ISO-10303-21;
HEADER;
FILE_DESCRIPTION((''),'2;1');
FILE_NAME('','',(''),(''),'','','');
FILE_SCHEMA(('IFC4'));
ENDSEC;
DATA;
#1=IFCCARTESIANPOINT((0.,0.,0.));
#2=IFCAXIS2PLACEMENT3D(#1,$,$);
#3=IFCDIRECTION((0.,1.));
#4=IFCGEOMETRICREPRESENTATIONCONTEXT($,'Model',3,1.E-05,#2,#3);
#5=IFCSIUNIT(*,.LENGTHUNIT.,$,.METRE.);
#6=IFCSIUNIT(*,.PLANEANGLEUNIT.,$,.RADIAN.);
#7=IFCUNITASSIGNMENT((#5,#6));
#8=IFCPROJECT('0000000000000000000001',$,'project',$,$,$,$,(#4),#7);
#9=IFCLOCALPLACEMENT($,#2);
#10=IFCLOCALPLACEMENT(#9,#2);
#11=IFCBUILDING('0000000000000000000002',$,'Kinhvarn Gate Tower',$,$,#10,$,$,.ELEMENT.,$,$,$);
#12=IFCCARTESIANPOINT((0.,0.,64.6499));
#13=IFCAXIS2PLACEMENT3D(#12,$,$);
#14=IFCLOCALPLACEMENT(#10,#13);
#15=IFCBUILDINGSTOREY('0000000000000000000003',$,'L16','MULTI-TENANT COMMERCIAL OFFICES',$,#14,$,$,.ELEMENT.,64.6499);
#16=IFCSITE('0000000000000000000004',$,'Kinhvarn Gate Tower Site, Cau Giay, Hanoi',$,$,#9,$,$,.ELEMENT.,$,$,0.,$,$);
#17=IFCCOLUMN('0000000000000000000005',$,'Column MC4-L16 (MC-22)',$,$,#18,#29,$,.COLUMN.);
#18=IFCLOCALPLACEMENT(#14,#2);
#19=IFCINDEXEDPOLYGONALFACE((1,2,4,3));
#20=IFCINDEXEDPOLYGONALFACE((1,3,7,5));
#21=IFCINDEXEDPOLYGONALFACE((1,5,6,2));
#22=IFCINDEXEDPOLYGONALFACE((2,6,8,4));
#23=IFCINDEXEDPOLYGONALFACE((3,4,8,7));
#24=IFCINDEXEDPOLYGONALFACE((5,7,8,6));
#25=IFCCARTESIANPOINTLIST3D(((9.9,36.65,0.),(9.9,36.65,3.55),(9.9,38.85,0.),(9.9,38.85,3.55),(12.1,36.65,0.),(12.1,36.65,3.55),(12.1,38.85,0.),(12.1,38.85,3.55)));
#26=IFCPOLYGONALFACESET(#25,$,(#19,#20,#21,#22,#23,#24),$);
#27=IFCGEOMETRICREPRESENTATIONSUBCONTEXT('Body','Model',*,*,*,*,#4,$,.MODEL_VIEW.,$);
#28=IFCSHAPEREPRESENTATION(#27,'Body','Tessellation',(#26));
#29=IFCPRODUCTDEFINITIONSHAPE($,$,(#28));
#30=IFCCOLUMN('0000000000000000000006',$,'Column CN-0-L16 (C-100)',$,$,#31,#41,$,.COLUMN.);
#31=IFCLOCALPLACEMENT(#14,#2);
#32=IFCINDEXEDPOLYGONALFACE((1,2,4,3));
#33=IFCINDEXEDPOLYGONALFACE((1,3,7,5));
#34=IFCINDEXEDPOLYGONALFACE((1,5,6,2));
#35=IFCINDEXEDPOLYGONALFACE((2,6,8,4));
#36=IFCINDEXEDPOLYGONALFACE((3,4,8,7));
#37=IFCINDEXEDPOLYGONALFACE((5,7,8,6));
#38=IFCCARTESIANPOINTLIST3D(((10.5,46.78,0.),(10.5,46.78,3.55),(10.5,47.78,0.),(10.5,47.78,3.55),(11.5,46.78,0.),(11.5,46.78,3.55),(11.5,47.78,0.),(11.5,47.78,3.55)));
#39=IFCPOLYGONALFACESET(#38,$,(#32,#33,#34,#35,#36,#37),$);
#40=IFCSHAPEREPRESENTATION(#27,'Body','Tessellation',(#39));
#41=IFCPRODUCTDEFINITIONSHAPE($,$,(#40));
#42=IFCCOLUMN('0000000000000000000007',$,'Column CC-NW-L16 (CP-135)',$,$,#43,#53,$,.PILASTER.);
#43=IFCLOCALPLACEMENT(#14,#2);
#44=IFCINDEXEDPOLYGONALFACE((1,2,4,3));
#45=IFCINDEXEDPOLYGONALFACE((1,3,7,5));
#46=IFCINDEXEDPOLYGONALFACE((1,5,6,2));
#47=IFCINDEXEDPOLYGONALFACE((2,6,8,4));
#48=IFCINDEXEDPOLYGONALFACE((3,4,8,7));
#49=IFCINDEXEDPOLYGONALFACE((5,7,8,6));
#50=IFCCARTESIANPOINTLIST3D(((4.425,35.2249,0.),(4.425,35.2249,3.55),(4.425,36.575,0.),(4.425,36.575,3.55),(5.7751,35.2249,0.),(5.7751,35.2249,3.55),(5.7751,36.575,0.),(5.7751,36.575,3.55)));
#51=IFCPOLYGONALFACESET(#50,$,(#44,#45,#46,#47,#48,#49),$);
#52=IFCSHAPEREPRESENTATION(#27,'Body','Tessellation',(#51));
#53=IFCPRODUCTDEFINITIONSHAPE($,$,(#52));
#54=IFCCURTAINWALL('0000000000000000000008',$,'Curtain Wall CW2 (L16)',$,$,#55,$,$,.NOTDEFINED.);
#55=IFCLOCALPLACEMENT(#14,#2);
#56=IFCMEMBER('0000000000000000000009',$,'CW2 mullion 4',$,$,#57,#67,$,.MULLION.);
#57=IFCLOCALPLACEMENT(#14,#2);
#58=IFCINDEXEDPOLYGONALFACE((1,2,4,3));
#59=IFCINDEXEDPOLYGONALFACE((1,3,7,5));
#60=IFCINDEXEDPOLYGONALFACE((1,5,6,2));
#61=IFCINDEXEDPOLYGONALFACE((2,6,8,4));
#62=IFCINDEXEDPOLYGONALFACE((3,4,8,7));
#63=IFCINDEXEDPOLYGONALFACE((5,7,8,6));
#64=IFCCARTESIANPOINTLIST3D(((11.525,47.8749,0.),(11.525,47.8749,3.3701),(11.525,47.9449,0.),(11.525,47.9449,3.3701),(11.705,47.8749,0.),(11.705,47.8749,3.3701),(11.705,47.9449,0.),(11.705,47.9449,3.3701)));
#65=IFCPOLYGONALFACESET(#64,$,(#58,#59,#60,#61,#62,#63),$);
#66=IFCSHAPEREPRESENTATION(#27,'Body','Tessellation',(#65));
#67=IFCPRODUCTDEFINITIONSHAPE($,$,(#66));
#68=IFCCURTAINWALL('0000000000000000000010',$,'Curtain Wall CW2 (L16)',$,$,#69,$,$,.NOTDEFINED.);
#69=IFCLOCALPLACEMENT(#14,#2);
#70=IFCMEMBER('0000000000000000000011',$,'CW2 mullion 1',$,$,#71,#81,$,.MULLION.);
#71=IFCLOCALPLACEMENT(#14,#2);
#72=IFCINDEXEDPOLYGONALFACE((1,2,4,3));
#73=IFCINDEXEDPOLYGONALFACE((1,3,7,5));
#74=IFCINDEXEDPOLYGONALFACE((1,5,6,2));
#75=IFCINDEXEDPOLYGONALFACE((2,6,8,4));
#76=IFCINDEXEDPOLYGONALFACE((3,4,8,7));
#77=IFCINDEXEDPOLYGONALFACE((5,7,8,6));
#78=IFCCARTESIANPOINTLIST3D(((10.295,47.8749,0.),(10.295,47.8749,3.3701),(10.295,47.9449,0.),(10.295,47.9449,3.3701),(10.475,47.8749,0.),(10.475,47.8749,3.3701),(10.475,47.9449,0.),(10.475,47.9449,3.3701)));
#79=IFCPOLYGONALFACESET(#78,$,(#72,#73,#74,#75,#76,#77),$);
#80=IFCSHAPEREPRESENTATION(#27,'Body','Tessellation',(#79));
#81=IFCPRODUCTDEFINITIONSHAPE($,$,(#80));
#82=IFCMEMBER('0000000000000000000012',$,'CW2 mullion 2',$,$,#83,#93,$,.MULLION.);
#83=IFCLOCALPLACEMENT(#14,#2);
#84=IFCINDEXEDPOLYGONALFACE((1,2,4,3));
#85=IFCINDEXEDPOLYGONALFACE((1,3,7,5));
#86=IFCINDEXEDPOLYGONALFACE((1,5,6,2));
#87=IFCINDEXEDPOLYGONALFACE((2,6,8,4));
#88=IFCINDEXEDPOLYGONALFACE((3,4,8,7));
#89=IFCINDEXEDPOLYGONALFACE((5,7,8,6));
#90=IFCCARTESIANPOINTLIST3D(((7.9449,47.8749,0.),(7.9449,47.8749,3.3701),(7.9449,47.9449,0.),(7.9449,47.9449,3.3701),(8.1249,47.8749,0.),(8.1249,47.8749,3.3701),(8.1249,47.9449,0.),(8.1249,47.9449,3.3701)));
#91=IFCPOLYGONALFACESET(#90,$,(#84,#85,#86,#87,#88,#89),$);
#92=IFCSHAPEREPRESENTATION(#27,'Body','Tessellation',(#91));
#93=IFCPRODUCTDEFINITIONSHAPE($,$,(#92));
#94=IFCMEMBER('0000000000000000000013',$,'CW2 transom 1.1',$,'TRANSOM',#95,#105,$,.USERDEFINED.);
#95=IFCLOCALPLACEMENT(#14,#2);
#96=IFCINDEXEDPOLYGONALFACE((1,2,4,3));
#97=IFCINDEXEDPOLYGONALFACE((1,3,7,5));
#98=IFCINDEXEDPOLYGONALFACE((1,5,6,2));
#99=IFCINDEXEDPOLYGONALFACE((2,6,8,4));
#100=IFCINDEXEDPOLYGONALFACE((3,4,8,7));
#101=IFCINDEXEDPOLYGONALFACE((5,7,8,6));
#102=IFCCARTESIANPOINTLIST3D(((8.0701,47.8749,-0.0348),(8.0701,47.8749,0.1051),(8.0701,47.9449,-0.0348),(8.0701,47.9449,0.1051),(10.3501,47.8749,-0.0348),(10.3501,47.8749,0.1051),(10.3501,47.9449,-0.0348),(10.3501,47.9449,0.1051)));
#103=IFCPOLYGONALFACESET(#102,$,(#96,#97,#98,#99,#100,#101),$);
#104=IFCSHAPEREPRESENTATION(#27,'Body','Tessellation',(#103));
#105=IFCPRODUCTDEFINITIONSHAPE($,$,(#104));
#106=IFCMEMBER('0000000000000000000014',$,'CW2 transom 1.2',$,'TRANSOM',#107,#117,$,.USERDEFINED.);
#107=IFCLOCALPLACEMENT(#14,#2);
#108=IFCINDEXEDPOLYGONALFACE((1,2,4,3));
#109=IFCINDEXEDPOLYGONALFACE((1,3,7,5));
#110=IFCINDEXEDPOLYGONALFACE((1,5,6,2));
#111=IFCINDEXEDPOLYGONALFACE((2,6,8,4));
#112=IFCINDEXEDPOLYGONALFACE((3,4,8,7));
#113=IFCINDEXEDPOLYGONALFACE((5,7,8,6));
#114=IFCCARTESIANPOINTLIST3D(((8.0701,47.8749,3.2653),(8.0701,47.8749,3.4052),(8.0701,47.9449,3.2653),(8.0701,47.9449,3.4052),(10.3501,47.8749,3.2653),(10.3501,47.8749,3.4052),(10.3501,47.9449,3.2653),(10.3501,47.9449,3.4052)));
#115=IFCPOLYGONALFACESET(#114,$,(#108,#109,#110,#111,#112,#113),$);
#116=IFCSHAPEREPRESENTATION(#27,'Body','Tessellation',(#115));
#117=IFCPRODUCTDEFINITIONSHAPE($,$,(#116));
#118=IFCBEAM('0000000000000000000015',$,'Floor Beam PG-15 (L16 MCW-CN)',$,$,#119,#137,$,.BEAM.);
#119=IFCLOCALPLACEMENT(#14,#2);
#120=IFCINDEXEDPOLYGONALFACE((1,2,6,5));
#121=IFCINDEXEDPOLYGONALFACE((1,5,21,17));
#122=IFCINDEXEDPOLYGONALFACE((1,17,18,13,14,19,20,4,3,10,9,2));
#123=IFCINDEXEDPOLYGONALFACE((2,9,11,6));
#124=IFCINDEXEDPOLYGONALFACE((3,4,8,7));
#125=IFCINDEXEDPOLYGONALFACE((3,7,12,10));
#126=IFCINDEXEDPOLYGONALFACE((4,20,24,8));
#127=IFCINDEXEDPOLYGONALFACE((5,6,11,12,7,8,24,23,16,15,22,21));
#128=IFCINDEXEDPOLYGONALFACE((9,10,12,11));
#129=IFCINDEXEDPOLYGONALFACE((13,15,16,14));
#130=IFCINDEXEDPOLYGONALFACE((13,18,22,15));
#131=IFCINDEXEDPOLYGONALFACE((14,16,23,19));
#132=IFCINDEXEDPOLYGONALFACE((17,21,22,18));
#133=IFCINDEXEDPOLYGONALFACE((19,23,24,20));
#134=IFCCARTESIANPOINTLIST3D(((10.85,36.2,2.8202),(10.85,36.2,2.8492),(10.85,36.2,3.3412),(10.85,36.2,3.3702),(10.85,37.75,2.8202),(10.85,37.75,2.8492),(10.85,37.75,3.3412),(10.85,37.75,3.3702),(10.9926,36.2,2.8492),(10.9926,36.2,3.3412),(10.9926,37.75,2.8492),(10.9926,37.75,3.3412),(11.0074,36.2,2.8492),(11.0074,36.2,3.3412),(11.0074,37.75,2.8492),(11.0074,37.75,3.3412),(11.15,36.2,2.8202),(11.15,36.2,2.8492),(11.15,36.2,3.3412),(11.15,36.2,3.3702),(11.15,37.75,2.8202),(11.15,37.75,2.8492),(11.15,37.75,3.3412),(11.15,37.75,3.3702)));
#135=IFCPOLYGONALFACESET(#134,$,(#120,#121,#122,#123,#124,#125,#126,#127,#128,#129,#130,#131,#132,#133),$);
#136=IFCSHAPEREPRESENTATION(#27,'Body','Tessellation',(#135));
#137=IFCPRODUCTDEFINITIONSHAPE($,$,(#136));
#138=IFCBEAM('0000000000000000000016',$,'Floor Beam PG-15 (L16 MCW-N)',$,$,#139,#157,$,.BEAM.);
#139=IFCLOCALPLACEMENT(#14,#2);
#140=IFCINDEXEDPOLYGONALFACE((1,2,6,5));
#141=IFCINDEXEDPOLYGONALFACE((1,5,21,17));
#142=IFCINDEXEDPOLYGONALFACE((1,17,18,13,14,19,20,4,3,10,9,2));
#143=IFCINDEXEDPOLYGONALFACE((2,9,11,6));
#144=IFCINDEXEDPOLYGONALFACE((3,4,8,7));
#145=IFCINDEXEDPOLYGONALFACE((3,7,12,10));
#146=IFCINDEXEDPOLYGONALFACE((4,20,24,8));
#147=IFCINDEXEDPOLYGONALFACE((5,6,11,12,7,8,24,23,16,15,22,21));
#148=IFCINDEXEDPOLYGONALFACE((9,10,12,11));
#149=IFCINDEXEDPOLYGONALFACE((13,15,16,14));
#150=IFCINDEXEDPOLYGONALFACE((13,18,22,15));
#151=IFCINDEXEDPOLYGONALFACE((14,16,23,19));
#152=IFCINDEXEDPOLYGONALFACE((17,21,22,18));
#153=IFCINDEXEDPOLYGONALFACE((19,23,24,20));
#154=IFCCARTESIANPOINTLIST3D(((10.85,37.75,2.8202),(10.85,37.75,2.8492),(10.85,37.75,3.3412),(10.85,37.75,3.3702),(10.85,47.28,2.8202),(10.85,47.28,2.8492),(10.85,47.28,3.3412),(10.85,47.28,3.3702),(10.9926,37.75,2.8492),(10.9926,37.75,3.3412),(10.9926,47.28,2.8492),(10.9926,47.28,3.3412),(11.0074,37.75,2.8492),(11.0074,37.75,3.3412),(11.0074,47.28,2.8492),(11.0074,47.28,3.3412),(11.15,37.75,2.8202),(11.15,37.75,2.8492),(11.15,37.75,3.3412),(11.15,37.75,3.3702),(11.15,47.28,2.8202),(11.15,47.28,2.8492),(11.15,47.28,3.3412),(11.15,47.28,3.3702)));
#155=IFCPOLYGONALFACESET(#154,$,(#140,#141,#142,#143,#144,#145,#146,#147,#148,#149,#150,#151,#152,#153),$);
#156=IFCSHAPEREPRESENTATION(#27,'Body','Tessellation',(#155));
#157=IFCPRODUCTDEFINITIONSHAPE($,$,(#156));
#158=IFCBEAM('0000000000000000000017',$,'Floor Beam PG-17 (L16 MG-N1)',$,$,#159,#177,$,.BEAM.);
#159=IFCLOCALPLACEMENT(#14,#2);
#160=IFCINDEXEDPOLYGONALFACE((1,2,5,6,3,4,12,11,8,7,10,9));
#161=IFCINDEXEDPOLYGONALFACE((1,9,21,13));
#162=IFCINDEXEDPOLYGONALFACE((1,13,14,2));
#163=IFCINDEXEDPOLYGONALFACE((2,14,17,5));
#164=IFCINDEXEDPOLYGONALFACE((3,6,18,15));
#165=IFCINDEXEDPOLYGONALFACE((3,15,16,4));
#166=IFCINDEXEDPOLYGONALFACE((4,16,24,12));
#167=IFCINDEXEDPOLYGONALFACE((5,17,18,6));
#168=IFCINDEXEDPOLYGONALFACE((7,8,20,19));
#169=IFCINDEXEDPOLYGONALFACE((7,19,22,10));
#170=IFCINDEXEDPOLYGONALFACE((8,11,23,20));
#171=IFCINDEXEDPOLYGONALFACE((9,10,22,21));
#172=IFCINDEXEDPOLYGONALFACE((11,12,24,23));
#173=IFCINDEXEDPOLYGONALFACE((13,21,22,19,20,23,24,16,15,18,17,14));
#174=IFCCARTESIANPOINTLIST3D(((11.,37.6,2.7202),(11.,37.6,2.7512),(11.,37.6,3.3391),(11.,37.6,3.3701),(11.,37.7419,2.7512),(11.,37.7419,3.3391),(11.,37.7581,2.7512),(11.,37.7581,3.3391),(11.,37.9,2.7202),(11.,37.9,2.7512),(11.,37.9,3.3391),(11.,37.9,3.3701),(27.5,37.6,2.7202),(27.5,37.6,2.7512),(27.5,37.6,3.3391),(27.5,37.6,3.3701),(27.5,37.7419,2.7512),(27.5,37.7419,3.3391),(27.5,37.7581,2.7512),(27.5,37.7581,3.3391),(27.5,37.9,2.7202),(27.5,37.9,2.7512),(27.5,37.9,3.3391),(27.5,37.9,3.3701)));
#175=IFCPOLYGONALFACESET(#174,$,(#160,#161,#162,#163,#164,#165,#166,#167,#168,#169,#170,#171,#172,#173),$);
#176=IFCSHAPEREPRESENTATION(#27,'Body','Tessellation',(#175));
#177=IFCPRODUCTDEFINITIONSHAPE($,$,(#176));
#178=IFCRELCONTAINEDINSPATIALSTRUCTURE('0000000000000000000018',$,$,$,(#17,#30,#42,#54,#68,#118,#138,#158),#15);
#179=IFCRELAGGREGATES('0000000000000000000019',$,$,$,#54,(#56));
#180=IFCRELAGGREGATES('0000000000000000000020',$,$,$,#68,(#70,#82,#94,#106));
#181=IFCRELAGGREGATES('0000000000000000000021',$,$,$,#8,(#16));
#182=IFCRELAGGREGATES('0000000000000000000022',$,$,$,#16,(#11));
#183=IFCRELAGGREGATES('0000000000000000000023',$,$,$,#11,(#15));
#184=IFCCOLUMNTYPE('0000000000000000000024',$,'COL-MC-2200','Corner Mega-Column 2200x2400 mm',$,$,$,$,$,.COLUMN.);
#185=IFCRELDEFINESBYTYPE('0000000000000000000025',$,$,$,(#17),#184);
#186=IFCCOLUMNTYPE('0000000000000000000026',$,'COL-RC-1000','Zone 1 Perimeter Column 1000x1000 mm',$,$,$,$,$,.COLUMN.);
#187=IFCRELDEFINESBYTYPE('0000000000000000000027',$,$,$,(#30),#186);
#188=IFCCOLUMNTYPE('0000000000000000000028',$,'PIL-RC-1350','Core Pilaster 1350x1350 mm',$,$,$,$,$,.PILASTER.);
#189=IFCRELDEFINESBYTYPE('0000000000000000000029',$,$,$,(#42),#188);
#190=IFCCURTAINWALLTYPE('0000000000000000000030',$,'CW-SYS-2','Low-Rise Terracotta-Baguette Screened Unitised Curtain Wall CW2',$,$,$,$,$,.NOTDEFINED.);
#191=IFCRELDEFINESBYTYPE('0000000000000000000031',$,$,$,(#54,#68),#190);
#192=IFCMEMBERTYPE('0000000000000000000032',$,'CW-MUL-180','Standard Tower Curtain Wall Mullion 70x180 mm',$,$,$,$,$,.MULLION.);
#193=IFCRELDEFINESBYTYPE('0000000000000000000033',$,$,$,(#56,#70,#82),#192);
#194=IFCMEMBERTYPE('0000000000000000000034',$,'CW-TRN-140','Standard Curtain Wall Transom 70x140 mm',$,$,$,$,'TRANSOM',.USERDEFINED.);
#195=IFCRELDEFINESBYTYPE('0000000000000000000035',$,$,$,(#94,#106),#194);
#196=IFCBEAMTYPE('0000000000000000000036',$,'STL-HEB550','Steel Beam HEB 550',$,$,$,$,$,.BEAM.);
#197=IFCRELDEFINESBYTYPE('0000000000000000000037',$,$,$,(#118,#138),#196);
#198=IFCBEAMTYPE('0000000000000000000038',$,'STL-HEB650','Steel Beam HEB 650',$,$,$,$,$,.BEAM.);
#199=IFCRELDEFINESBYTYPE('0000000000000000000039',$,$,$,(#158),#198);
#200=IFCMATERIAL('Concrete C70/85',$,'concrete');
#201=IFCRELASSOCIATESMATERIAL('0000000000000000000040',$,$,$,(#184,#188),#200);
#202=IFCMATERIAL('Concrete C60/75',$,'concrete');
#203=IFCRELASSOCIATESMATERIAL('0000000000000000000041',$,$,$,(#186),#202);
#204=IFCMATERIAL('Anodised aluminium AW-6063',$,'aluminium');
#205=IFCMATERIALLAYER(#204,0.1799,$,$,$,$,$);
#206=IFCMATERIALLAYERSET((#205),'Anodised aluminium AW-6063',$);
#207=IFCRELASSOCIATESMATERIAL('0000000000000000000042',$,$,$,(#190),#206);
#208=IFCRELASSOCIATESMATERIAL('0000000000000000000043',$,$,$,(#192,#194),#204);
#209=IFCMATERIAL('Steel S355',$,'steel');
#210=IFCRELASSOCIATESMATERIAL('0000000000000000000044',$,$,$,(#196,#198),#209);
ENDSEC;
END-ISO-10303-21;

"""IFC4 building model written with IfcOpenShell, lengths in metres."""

from ifc_helpers import new_model, si_unit, direction, frame, origin, origin_2d, place, context, subcontext, project, spatial, rectangle, i_section, extrude, material, layer, layer_set, material_profile, profile_set, type_object, element, aggregate, save


model = new_model("IFC4")

# Units and contexts
model_context = context("Model", 3, precision=1e-05, world=origin(), true_north=direction((0.0, 1.0)))
body_context = subcontext(model_context, "Body", "Model", "MODEL_VIEW")
ifc_project = project(units=[si_unit("LENGTHUNIT", "METRE"), si_unit("PLANEANGLEUNIT", "RADIAN")], contexts=[model_context])

# Site, building, storey
site_placement = place(None, origin())
site = spatial("IfcSite", under=ifc_project, at=site_placement, Name="Kinhvarn Gate Tower Site, Cau Giay, Hanoi", CompositionType="ELEMENT", RefElevation=0.0)
building_placement = place(site_placement, origin())
building = spatial("IfcBuilding", under=site, at=building_placement, Name="Kinhvarn Gate Tower", CompositionType="ELEMENT")
storey_placement = place(building_placement, frame((0.0, 0.0, 64.6499)))
storey = spatial("IfcBuildingStorey", under=building, at=storey_placement, Name="L16", Description="MULTI-TENANT COMMERCIAL OFFICES", CompositionType="ELEMENT", Elevation=64.6499)

# Columns
ifc_material_1 = material(Name="Concrete C70/85", Category="concrete")
ifc_material_profile_1 = material_profile(ifc_material_1, rectangle(XDim=2.2, YDim=2.2, at=origin_2d()), Name="RC 2200x2200")
ifc_profile_set_1 = profile_set([ifc_material_profile_1], Name="Concrete C70/85")
column_type_1 = type_object("IfcColumnType", Name="COL-MC-2200", Description="Corner Mega-Column 2200x2400 mm", PredefinedType="COLUMN", material=ifc_profile_set_1)
column_1_placement = place(storey_placement, frame((11.0, 37.75, 0.0), z_axis=(0.0, 0.0, 1.0), x_axis=(1.0, 0.0, 0.0)))
element("IfcColumn", 1, at=column_1_placement, inside=storey, type_object=column_type_1, Name="Column MC4-L16 (MC-22)", PredefinedType="COLUMN", context=body_context, shape_type="SweptSolid", body=[
    extrude(rectangle(XDim=2.2, YDim=2.2, at=origin_2d()), origin(), (0.0, 0.0, 1.0), 3.55),
])
ifc_material_2 = material(Name="Concrete C60/75", Category="concrete")
ifc_material_profile_2 = material_profile(ifc_material_2, rectangle(XDim=1.0, YDim=1.0, at=origin_2d()), Name="RC 1000x1000")
ifc_profile_set_2 = profile_set([ifc_material_profile_2], Name="Concrete C60/75")
column_type_2 = type_object("IfcColumnType", Name="COL-RC-1000", Description="Zone 1 Perimeter Column 1000x1000 mm", PredefinedType="COLUMN", material=ifc_profile_set_2)
column_2_placement = place(storey_placement, frame((11.0, 47.28, 0.0), z_axis=(0.0, 0.0, 1.0), x_axis=(1.0, 0.0, 0.0)))
element("IfcColumn", 2, at=column_2_placement, inside=storey, type_object=column_type_2, Name="Column CN-0-L16 (C-100)", PredefinedType="COLUMN", context=body_context, shape_type="SweptSolid", body=[
    extrude(rectangle(XDim=1.0, YDim=1.0, at=origin_2d()), origin(), (0.0, 0.0, 1.0), 3.55),
])
ifc_material_profile_3 = material_profile(ifc_material_1, rectangle(XDim=1.3501, YDim=1.3501, at=origin_2d()), Name="RC 1350x1350")
ifc_profile_set_3 = profile_set([ifc_material_profile_3], Name="Concrete C70/85")
column_type_3 = type_object("IfcColumnType", Name="PIL-RC-1350", Description="Core Pilaster 1350x1350 mm", PredefinedType="PILASTER", material=ifc_profile_set_3)
column_3_placement = place(storey_placement, frame((5.1001, 35.8999, 0.0), z_axis=(0.0, 0.0, 1.0), x_axis=(1.0, 0.0, 0.0)))
element("IfcColumn", 3, at=column_3_placement, inside=storey, type_object=column_type_3, Name="Column CC-NW-L16 (CP-135)", PredefinedType="PILASTER", context=body_context, shape_type="SweptSolid", body=[
    extrude(rectangle(XDim=1.3501, YDim=1.3501, at=origin_2d()), origin(), (0.0, 0.0, 1.0), 3.55),
])

# Curtain wall, member
ifc_material_3 = material(Name="Anodised aluminium AW-6063", Category="aluminium")
ifc_layer_1 = layer(ifc_material_3, 0.1799)
ifc_layer_set_1 = layer_set([ifc_layer_1], Name="Anodised aluminium AW-6063")
curtain_wall_type = type_object("IfcCurtainWallType", Name="CW-SYS-2", Description="Low-Rise Terracotta-Baguette Screened Unitised Curtain Wall CW2", PredefinedType="NOTDEFINED", material=ifc_layer_set_1)
curtain_wall_1_placement = place(storey_placement, origin())
curtain_wall_1 = element("IfcCurtainWall", 4, at=curtain_wall_1_placement, inside=storey, type_object=curtain_wall_type, Name="Curtain Wall CW2 (L16)", PredefinedType="NOTDEFINED")
ifc_material_profile_4 = material_profile(ifc_material_3, rectangle(XDim=0.0701, YDim=0.1799, at=origin_2d()), Name="ALU 70x180")
ifc_profile_set_4 = profile_set([ifc_material_profile_4], Name="Anodised aluminium AW-6063")
member_type_1 = type_object("IfcMemberType", Name="CW-MUL-180", Description="Standard Tower Curtain Wall Mullion 70x180 mm", PredefinedType="MULLION", material=ifc_profile_set_4)
member_1_placement = place(storey_placement, frame((11.615, 47.9099, 0.0), z_axis=(0.0, 0.0, 1.0), x_axis=(0.0, -1.0, 0.0)))
member_1 = element("IfcMember", 5, at=member_1_placement, type_object=member_type_1, Name="CW2 mullion 4", PredefinedType="MULLION", context=body_context, shape_type="SweptSolid", body=[
    extrude(rectangle(XDim=0.0701, YDim=0.1799, at=origin_2d()), origin(), (0.0, 0.0, 1.0), 3.3701),
])
aggregate(curtain_wall_1, [member_1])

# Curtain wall, members
curtain_wall_2_placement = place(storey_placement, origin())
curtain_wall_2 = element("IfcCurtainWall", 6, at=curtain_wall_2_placement, inside=storey, type_object=curtain_wall_type, Name="Curtain Wall CW2 (L16)", PredefinedType="NOTDEFINED")
member_2_placement = place(storey_placement, frame((10.385, 47.9099, 0.0), z_axis=(0.0, 0.0, 1.0), x_axis=(0.0, -1.0, 0.0)))
member_2 = element("IfcMember", 7, at=member_2_placement, type_object=member_type_1, Name="CW2 mullion 1", PredefinedType="MULLION", context=body_context, shape_type="SweptSolid", body=[
    extrude(rectangle(XDim=0.0701, YDim=0.1799, at=origin_2d()), origin(), (0.0, 0.0, 1.0), 3.3701),
])
member_3_placement = place(storey_placement, frame((8.0349, 47.9099, 0.0), z_axis=(0.0, 0.0, 1.0), x_axis=(0.0, -1.0, 0.0)))
member_3 = element("IfcMember", 8, at=member_3_placement, type_object=member_type_1, Name="CW2 mullion 2", PredefinedType="MULLION", context=body_context, shape_type="SweptSolid", body=[
    extrude(rectangle(XDim=0.0701, YDim=0.1799, at=origin_2d()), origin(), (0.0, 0.0, 1.0), 3.3701),
])
ifc_material_profile_5 = material_profile(ifc_material_3, rectangle(XDim=0.0701, YDim=0.1399, at=origin_2d()), Name="ALU 70x140")
ifc_profile_set_5 = profile_set([ifc_material_profile_5], Name="Anodised aluminium AW-6063")
member_type_2 = type_object("IfcMemberType", Name="CW-TRN-140", Description="Standard Curtain Wall Transom 70x140 mm", ElementType="TRANSOM", PredefinedType="USERDEFINED", material=ifc_profile_set_5)
member_4_placement = place(storey_placement, frame((10.3501, 47.9099, 0.0352), z_axis=(-1.0, 0.0, 0.0), x_axis=(0.0, -1.0, 0.0)))
member_4 = element("IfcMember", 9, at=member_4_placement, type_object=member_type_2, Name="CW2 transom 1.1", ObjectType="TRANSOM", PredefinedType="USERDEFINED", context=body_context, shape_type="SweptSolid", body=[
    extrude(rectangle(XDim=0.0701, YDim=0.1399, at=origin_2d()), origin(), (0.0, 0.0, 1.0), 2.28),
])
member_5_placement = place(storey_placement, frame((10.3501, 47.9099, 3.3352), z_axis=(-1.0, 0.0, 0.0), x_axis=(0.0, -1.0, 0.0)))
member_5 = element("IfcMember", 10, at=member_5_placement, type_object=member_type_2, Name="CW2 transom 1.2", ObjectType="TRANSOM", PredefinedType="USERDEFINED", context=body_context, shape_type="SweptSolid", body=[
    extrude(rectangle(XDim=0.0701, YDim=0.1399, at=origin_2d()), origin(), (0.0, 0.0, 1.0), 2.28),
])

# Beams
ifc_material_4 = material(Name="Steel S355", Category="steel")
ifc_material_profile_6 = material_profile(ifc_material_4, i_section(OverallWidth=0.3, OverallDepth=0.55, WebThickness=0.0149, FlangeThickness=0.0291, at=origin_2d()), Name="HEB 550")
ifc_profile_set_6 = profile_set([ifc_material_profile_6], Name="Steel S355")
beam_type_1 = type_object("IfcBeamType", Name="STL-HEB550", Description="Steel Beam HEB 550", PredefinedType="BEAM", material=ifc_profile_set_6)
beam_1_placement = place(storey_placement, frame((11.0, 36.2, 3.0952), z_axis=(0.0, 1.0, 0.0), x_axis=(-1.0, 0.0, 0.0)))
element("IfcBeam", 11, at=beam_1_placement, inside=storey, type_object=beam_type_1, Name="Floor Beam PG-15 (L16 MCW-CN)", PredefinedType="BEAM", context=body_context, shape_type="SweptSolid", body=[
    extrude(i_section(OverallWidth=0.3, OverallDepth=0.55, WebThickness=0.0149, FlangeThickness=0.0291, at=origin_2d()), origin(), (0.0, 0.0, 1.0), 1.55),
])
beam_2_placement = place(storey_placement, frame((11.0, 37.75, 3.0952), z_axis=(0.0, 1.0, 0.0), x_axis=(-1.0, 0.0, 0.0)))
element("IfcBeam", 12, at=beam_2_placement, inside=storey, type_object=beam_type_1, Name="Floor Beam PG-15 (L16 MCW-N)", PredefinedType="BEAM", context=body_context, shape_type="SweptSolid", body=[
    extrude(i_section(OverallWidth=0.3, OverallDepth=0.55, WebThickness=0.0149, FlangeThickness=0.0291, at=origin_2d()), origin(), (0.0, 0.0, 1.0), 9.53),
])
ifc_material_profile_7 = material_profile(ifc_material_4, i_section(OverallWidth=0.3, OverallDepth=0.6499, WebThickness=0.0161, FlangeThickness=0.031, at=origin_2d()), Name="HEB 650")
ifc_profile_set_7 = profile_set([ifc_material_profile_7], Name="Steel S355")
beam_type_2 = type_object("IfcBeamType", Name="STL-HEB650", Description="Steel Beam HEB 650", PredefinedType="BEAM", material=ifc_profile_set_7)
beam_3_placement = place(storey_placement, frame((11.0, 37.75, 3.0452), z_axis=(1.0, 0.0, 0.0), x_axis=(0.0, 1.0, 0.0)))
element("IfcBeam", 13, at=beam_3_placement, inside=storey, type_object=beam_type_2, Name="Floor Beam PG-17 (L16 MG-N1)", PredefinedType="BEAM", context=body_context, shape_type="SweptSolid", body=[
    extrude(i_section(OverallWidth=0.3, OverallDepth=0.6499, WebThickness=0.0161, FlangeThickness=0.031, at=origin_2d()), origin(), (0.0, 0.0, 1.0), 16.5),
])

aggregate(curtain_wall_2, [member_2, member_3, member_4, member_5])

save(model, "model.ifc")
